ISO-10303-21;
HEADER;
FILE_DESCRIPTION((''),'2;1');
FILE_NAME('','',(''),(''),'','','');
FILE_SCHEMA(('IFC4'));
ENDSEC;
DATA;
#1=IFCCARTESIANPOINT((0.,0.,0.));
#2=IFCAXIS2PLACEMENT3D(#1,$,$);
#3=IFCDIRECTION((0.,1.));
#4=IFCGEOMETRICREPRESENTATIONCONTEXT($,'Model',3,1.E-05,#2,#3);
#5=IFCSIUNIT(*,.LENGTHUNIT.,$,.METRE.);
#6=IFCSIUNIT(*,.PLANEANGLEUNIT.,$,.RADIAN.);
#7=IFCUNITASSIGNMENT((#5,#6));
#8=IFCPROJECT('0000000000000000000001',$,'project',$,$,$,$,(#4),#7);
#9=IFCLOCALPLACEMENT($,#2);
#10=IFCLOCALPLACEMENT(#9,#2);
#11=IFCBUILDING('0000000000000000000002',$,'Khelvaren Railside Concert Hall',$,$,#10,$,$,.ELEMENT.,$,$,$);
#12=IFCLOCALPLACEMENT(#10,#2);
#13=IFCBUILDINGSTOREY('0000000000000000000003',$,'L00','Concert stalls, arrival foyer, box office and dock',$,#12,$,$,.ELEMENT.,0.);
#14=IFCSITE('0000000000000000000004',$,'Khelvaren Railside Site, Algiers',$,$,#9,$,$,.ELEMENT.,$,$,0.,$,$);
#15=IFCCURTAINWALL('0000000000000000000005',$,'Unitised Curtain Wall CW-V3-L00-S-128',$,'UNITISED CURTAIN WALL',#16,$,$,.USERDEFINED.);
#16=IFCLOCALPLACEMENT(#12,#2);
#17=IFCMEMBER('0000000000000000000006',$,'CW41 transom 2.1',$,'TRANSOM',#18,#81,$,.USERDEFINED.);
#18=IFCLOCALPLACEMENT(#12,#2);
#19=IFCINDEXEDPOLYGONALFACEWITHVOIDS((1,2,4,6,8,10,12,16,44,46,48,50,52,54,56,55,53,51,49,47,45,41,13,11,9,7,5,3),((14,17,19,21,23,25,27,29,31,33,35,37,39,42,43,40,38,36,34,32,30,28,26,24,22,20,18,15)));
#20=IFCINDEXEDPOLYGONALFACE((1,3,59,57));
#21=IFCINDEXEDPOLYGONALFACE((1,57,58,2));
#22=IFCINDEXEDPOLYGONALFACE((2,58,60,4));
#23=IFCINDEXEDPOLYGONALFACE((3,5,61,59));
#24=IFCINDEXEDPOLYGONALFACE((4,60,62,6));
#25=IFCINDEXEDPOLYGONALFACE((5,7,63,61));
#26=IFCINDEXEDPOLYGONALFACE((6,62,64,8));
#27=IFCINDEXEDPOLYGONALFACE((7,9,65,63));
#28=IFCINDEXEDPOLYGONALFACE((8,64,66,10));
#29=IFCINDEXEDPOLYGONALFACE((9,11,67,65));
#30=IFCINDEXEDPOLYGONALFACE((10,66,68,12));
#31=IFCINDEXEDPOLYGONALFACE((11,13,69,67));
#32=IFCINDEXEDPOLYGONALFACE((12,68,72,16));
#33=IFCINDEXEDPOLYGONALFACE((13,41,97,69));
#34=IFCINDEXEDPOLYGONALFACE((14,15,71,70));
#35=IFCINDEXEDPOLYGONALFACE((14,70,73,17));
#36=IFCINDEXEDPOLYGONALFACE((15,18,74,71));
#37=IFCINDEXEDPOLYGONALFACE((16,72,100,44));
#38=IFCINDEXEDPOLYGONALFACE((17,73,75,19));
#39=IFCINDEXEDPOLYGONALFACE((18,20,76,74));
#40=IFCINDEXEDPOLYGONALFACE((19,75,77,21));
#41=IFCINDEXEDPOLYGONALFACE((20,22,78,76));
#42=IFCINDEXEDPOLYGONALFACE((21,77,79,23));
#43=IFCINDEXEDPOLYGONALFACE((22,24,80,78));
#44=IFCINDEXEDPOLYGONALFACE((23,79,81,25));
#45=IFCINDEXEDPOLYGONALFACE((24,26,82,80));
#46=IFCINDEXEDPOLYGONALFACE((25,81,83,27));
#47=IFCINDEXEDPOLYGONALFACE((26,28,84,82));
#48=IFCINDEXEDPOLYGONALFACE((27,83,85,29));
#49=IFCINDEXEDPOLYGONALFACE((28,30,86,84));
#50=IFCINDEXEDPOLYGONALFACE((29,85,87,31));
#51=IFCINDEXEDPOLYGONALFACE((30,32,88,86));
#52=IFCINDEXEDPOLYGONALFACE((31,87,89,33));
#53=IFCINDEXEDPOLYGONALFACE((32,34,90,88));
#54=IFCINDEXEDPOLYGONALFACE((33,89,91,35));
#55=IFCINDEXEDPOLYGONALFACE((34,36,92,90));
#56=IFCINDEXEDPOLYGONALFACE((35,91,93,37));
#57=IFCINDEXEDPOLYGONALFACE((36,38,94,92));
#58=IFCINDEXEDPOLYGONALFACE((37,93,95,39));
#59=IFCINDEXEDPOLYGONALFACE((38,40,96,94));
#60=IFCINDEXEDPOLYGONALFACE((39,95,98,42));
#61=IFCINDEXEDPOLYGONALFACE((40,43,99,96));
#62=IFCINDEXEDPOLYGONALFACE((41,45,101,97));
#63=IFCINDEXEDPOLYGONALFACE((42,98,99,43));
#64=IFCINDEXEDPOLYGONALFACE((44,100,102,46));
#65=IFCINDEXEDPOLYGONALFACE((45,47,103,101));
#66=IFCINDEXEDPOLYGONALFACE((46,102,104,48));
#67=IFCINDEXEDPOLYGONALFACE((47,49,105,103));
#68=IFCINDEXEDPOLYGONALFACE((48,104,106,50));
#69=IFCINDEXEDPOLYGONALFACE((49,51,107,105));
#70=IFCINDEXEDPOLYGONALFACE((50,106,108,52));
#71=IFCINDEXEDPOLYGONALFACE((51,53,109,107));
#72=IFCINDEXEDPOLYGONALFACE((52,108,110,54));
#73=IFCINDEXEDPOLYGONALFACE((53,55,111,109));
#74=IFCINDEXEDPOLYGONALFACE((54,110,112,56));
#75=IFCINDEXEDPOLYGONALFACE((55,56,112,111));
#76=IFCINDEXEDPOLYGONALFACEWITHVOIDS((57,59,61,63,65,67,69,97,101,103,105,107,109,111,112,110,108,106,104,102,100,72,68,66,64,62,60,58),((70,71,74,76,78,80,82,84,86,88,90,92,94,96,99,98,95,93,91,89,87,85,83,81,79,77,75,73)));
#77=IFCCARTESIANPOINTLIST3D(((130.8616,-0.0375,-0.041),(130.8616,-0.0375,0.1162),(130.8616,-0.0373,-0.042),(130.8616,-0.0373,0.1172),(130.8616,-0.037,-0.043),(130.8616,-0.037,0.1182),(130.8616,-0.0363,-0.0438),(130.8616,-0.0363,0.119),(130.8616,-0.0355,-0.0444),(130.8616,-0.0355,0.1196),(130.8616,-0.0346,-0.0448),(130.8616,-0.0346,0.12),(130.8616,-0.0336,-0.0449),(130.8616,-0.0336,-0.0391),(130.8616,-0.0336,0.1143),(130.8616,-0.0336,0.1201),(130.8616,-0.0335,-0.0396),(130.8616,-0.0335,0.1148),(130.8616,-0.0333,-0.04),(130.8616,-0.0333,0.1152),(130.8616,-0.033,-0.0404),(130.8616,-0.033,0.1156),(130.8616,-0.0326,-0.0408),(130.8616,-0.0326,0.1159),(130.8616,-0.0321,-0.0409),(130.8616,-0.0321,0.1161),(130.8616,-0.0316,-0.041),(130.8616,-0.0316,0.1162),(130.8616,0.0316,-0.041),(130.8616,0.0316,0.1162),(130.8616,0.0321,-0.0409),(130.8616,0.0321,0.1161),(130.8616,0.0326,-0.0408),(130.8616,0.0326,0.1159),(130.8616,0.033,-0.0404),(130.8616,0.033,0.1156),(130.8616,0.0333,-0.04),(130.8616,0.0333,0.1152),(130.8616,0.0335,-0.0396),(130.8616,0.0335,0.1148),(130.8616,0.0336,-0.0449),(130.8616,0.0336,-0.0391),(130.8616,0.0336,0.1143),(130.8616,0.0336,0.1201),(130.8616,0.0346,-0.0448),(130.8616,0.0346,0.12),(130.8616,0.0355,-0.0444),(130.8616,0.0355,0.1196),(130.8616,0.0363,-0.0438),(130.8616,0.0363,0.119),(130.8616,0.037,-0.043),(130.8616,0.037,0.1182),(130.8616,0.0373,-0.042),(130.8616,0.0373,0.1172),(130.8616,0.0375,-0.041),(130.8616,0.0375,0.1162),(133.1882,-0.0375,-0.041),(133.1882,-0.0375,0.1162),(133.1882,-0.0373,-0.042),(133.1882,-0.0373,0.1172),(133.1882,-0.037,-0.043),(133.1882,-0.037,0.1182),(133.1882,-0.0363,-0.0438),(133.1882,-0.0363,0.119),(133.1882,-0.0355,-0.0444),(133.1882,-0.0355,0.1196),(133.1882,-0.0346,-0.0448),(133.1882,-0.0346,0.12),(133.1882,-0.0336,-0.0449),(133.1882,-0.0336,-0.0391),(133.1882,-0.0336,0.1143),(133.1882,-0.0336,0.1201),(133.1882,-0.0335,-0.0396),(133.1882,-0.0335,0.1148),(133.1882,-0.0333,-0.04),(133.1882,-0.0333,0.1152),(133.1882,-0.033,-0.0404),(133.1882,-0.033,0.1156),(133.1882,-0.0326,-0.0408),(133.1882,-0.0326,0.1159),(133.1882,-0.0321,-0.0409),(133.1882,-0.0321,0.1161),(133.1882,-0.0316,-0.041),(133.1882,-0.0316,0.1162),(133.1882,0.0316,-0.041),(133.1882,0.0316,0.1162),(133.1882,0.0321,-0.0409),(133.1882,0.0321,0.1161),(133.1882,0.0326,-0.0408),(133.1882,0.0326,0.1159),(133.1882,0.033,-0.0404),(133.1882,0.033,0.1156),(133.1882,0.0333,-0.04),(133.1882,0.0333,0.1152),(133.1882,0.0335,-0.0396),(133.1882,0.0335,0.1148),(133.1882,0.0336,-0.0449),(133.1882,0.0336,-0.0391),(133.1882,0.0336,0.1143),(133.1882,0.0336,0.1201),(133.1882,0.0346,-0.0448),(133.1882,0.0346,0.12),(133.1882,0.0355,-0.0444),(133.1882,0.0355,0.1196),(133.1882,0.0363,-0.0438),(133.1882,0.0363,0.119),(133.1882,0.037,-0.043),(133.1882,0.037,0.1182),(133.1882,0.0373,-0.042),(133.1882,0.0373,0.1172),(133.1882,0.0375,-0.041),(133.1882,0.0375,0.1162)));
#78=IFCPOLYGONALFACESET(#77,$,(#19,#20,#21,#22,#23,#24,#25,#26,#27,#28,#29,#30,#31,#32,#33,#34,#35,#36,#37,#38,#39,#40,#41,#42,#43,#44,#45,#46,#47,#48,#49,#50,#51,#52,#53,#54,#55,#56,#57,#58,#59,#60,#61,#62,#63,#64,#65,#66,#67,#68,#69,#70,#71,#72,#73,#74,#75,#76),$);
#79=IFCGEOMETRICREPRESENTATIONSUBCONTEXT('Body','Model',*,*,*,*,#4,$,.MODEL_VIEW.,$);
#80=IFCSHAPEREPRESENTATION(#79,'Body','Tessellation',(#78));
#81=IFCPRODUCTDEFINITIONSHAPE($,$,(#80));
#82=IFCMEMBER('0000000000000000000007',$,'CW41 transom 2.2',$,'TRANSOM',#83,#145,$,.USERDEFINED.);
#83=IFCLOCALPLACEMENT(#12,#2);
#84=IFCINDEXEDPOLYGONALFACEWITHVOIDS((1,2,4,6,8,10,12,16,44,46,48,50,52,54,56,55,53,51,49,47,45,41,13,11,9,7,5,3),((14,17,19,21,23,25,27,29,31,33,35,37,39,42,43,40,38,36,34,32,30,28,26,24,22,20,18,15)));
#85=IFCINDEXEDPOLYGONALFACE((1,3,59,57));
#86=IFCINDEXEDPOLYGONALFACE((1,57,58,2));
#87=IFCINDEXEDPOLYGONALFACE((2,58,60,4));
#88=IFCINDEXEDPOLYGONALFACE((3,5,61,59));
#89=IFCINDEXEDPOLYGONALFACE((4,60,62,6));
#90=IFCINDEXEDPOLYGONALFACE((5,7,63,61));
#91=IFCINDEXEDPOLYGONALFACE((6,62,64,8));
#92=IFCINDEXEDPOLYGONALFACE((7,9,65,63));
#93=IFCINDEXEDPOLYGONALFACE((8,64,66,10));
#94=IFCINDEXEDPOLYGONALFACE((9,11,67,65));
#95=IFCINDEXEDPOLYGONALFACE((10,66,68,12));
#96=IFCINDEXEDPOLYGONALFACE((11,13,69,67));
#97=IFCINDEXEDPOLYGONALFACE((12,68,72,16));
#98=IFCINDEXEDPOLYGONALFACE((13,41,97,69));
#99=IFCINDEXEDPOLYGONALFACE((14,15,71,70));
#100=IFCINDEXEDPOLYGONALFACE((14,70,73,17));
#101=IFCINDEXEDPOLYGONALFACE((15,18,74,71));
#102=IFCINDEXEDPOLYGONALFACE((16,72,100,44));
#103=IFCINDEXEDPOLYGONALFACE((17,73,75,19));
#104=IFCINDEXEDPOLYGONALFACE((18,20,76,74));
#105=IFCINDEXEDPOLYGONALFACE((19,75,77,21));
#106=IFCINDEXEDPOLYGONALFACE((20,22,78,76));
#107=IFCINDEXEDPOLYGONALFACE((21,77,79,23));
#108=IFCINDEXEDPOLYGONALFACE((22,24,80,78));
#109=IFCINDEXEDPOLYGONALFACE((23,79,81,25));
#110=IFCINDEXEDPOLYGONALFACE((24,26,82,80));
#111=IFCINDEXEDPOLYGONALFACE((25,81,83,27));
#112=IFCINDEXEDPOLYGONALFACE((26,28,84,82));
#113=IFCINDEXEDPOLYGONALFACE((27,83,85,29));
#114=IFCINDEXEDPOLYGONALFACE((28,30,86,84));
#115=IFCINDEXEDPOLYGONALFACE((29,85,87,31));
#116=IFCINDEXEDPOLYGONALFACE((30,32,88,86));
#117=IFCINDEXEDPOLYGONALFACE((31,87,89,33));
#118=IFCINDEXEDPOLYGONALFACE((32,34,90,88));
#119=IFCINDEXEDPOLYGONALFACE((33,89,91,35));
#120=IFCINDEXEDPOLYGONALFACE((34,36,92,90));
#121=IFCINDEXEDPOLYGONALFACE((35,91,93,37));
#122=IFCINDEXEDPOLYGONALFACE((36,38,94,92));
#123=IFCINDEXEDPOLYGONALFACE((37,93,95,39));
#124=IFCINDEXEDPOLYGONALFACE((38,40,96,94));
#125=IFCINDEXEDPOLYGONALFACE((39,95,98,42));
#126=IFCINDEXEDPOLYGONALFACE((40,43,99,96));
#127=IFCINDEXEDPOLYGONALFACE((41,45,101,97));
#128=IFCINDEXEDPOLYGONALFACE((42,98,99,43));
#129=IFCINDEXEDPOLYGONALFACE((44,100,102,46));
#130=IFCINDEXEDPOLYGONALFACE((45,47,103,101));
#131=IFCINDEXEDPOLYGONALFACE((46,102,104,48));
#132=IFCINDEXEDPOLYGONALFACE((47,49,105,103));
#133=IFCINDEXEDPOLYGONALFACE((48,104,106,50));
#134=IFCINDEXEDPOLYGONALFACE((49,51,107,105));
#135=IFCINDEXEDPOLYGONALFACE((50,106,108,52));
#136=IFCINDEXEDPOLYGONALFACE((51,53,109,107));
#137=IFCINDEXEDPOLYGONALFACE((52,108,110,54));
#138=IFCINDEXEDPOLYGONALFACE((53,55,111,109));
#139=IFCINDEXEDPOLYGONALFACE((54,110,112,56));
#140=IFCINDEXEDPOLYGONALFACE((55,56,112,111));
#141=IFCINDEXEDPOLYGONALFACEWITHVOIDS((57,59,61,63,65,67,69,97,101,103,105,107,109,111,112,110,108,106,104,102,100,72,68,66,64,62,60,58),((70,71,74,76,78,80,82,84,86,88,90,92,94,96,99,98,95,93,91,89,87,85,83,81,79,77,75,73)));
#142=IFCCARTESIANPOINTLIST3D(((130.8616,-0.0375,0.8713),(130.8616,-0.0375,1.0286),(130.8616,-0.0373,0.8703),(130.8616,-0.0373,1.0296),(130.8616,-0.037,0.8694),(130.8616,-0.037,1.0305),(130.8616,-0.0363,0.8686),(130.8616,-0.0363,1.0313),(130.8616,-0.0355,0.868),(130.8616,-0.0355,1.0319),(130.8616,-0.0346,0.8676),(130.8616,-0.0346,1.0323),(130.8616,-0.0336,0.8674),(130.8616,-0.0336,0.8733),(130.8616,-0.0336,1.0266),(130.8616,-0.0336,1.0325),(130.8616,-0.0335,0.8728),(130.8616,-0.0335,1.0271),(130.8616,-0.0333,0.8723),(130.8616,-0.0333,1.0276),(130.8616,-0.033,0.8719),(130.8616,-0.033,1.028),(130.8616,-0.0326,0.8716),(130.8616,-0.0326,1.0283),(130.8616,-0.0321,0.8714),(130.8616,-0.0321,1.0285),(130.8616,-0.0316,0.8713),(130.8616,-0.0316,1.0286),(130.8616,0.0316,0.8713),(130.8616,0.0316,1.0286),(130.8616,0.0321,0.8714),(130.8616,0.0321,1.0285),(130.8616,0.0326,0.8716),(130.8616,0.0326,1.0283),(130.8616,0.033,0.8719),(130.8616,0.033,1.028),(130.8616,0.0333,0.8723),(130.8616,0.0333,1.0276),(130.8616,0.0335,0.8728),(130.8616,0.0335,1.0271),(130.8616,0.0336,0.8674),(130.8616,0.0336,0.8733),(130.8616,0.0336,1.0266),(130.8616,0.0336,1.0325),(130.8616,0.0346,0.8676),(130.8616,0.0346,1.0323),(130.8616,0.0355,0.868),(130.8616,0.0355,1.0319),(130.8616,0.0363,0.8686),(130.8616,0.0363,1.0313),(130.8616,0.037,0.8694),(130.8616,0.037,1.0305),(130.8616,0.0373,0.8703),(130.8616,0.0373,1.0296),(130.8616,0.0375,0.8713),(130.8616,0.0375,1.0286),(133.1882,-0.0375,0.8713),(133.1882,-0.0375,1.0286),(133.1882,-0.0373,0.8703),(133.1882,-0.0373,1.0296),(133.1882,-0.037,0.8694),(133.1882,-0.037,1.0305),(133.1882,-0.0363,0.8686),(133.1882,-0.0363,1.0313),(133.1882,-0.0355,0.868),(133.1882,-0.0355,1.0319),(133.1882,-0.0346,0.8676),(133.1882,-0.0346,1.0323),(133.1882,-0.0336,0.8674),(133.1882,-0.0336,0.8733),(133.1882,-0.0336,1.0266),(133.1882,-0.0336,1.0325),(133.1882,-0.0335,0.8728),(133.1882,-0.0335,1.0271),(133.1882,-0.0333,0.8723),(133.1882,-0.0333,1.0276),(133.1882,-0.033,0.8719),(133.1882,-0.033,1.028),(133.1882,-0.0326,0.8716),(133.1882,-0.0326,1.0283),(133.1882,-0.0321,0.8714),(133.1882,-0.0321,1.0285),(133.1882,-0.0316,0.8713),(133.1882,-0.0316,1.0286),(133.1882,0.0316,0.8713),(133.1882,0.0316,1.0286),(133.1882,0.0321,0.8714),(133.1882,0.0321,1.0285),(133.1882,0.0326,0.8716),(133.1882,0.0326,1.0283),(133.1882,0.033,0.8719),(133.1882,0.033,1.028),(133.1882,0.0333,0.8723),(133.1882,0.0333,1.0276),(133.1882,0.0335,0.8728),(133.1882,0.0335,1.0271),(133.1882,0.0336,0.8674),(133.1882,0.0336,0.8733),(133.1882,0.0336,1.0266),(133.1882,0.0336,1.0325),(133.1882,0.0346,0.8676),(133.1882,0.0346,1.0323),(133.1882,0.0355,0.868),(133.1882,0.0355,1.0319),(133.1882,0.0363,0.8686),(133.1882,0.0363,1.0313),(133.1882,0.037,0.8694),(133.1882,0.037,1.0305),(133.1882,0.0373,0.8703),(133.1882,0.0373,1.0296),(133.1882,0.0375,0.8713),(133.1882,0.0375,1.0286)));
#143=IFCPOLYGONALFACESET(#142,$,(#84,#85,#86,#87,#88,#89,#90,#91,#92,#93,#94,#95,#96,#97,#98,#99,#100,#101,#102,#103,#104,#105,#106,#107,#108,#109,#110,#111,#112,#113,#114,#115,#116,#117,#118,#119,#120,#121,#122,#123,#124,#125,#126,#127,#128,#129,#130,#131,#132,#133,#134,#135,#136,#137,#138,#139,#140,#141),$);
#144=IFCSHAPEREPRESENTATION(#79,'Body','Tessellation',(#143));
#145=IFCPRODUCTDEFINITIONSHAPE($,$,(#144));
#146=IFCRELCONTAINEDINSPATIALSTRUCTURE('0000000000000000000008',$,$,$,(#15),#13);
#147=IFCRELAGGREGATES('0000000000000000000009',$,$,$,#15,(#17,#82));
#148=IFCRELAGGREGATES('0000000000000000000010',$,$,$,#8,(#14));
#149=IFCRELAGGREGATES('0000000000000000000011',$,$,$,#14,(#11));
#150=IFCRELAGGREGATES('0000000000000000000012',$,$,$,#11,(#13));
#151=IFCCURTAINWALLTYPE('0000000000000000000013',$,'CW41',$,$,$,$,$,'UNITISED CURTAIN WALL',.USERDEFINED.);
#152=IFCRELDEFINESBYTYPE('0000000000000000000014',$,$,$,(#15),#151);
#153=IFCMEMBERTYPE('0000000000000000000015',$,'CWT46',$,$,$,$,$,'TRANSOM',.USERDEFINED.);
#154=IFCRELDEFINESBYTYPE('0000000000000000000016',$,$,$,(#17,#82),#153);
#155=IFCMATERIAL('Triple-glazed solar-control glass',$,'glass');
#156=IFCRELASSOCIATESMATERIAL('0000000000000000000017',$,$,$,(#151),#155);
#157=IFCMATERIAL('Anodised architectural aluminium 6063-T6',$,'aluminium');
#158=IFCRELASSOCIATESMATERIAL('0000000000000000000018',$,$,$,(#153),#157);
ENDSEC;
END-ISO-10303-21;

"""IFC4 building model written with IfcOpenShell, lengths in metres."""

from ifc_helpers import new_model, si_unit, direction, frame, origin, origin_2d, place, context, subcontext, project, spatial, hollow_rectangle, extrude, material, material_profile, profile_set, type_object, element, aggregate, save


model = new_model("IFC4")

# Units and contexts
model_context = context("Model", 3, precision=1e-05, world=origin(), true_north=direction((0.0, 1.0)))
body_context = subcontext(model_context, "Body", "Model", "MODEL_VIEW")
ifc_project = project(units=[si_unit("LENGTHUNIT", "METRE"), si_unit("PLANEANGLEUNIT", "RADIAN")], contexts=[model_context])

# Site, building, storey
site_placement = place(None, origin())
site = spatial("IfcSite", under=ifc_project, at=site_placement, Name="Khelvaren Railside Site, Algiers", CompositionType="ELEMENT", RefElevation=0.0)
building_placement = place(site_placement, origin())
building = spatial("IfcBuilding", under=site, at=building_placement, Name="Khelvaren Railside Concert Hall", CompositionType="ELEMENT")
storey_placement = place(building_placement, origin())
storey = spatial("IfcBuildingStorey", under=building, at=storey_placement, Name="L00", Description="Concert stalls, arrival foyer, box office and dock", CompositionType="ELEMENT", Elevation=0.0)

# Curtain wall, members
ifc_material_1 = material(Name="Triple-glazed solar-control glass", Category="glass")
curtain_wall_type = type_object("IfcCurtainWallType", Name="CW41", ElementType="UNITISED CURTAIN WALL", PredefinedType="USERDEFINED", material=ifc_material_1)
curtain_wall_placement = place(storey_placement, origin())
curtain_wall = element("IfcCurtainWall", 1, at=curtain_wall_placement, inside=storey, type_object=curtain_wall_type, Name="Unitised Curtain Wall CW-V3-L00-S-128", ObjectType="UNITISED CURTAIN WALL", PredefinedType="USERDEFINED")
ifc_material_2 = material(Name="Anodised architectural aluminium 6063-T6", Category="aluminium")
ifc_material_profile_1 = material_profile(ifc_material_2, hollow_rectangle(XDim=0.075, YDim=0.165, WallThickness=0.0039, InnerFilletRadius=0.002, OuterFilletRadius=0.0039, at=origin_2d()), Name="CWT 75x165x4")
ifc_profile_set_1 = profile_set([ifc_material_profile_1], Name="Anodised architectural aluminium 6063-T6")
member_type_1 = type_object("IfcMemberType", Name="CWT46", ElementType="TRANSOM", PredefinedType="USERDEFINED", material=ifc_profile_set_1)
member_1_placement = place(storey_placement, frame((133.1882, 0.0, 0.0376), z_axis=(-1.0, 0.0, 0.0), x_axis=(0.0, -1.0, 0.0)))
member_1 = element("IfcMember", 2, at=member_1_placement, type_object=member_type_1, Name="CW41 transom 2.1", ObjectType="TRANSOM", PredefinedType="USERDEFINED", context=body_context, shape_type="SweptSolid", body=[
    extrude(hollow_rectangle(XDim=0.075, YDim=0.165, WallThickness=0.0039, InnerFilletRadius=0.002, OuterFilletRadius=0.0039, at=origin_2d()), origin(), (0.0, 0.0, 1.0), 2.3267),
])
member_2_placement = place(storey_placement, frame((133.1882, 0.0, 0.95), z_axis=(-1.0, 0.0, 0.0), x_axis=(0.0, -1.0, 0.0)))
member_2 = element("IfcMember", 3, at=member_2_placement, type_object=member_type_1, Name="CW41 transom 2.2", ObjectType="TRANSOM", PredefinedType="USERDEFINED", context=body_context, shape_type="SweptSolid", body=[
    extrude(hollow_rectangle(XDim=0.075, YDim=0.165, WallThickness=0.0039, InnerFilletRadius=0.002, OuterFilletRadius=0.0039, at=origin_2d()), origin(), (0.0, 0.0, 1.0), 2.3267),
])

aggregate(curtain_wall, [member_1, member_2])

save(model, "model.ifc")
